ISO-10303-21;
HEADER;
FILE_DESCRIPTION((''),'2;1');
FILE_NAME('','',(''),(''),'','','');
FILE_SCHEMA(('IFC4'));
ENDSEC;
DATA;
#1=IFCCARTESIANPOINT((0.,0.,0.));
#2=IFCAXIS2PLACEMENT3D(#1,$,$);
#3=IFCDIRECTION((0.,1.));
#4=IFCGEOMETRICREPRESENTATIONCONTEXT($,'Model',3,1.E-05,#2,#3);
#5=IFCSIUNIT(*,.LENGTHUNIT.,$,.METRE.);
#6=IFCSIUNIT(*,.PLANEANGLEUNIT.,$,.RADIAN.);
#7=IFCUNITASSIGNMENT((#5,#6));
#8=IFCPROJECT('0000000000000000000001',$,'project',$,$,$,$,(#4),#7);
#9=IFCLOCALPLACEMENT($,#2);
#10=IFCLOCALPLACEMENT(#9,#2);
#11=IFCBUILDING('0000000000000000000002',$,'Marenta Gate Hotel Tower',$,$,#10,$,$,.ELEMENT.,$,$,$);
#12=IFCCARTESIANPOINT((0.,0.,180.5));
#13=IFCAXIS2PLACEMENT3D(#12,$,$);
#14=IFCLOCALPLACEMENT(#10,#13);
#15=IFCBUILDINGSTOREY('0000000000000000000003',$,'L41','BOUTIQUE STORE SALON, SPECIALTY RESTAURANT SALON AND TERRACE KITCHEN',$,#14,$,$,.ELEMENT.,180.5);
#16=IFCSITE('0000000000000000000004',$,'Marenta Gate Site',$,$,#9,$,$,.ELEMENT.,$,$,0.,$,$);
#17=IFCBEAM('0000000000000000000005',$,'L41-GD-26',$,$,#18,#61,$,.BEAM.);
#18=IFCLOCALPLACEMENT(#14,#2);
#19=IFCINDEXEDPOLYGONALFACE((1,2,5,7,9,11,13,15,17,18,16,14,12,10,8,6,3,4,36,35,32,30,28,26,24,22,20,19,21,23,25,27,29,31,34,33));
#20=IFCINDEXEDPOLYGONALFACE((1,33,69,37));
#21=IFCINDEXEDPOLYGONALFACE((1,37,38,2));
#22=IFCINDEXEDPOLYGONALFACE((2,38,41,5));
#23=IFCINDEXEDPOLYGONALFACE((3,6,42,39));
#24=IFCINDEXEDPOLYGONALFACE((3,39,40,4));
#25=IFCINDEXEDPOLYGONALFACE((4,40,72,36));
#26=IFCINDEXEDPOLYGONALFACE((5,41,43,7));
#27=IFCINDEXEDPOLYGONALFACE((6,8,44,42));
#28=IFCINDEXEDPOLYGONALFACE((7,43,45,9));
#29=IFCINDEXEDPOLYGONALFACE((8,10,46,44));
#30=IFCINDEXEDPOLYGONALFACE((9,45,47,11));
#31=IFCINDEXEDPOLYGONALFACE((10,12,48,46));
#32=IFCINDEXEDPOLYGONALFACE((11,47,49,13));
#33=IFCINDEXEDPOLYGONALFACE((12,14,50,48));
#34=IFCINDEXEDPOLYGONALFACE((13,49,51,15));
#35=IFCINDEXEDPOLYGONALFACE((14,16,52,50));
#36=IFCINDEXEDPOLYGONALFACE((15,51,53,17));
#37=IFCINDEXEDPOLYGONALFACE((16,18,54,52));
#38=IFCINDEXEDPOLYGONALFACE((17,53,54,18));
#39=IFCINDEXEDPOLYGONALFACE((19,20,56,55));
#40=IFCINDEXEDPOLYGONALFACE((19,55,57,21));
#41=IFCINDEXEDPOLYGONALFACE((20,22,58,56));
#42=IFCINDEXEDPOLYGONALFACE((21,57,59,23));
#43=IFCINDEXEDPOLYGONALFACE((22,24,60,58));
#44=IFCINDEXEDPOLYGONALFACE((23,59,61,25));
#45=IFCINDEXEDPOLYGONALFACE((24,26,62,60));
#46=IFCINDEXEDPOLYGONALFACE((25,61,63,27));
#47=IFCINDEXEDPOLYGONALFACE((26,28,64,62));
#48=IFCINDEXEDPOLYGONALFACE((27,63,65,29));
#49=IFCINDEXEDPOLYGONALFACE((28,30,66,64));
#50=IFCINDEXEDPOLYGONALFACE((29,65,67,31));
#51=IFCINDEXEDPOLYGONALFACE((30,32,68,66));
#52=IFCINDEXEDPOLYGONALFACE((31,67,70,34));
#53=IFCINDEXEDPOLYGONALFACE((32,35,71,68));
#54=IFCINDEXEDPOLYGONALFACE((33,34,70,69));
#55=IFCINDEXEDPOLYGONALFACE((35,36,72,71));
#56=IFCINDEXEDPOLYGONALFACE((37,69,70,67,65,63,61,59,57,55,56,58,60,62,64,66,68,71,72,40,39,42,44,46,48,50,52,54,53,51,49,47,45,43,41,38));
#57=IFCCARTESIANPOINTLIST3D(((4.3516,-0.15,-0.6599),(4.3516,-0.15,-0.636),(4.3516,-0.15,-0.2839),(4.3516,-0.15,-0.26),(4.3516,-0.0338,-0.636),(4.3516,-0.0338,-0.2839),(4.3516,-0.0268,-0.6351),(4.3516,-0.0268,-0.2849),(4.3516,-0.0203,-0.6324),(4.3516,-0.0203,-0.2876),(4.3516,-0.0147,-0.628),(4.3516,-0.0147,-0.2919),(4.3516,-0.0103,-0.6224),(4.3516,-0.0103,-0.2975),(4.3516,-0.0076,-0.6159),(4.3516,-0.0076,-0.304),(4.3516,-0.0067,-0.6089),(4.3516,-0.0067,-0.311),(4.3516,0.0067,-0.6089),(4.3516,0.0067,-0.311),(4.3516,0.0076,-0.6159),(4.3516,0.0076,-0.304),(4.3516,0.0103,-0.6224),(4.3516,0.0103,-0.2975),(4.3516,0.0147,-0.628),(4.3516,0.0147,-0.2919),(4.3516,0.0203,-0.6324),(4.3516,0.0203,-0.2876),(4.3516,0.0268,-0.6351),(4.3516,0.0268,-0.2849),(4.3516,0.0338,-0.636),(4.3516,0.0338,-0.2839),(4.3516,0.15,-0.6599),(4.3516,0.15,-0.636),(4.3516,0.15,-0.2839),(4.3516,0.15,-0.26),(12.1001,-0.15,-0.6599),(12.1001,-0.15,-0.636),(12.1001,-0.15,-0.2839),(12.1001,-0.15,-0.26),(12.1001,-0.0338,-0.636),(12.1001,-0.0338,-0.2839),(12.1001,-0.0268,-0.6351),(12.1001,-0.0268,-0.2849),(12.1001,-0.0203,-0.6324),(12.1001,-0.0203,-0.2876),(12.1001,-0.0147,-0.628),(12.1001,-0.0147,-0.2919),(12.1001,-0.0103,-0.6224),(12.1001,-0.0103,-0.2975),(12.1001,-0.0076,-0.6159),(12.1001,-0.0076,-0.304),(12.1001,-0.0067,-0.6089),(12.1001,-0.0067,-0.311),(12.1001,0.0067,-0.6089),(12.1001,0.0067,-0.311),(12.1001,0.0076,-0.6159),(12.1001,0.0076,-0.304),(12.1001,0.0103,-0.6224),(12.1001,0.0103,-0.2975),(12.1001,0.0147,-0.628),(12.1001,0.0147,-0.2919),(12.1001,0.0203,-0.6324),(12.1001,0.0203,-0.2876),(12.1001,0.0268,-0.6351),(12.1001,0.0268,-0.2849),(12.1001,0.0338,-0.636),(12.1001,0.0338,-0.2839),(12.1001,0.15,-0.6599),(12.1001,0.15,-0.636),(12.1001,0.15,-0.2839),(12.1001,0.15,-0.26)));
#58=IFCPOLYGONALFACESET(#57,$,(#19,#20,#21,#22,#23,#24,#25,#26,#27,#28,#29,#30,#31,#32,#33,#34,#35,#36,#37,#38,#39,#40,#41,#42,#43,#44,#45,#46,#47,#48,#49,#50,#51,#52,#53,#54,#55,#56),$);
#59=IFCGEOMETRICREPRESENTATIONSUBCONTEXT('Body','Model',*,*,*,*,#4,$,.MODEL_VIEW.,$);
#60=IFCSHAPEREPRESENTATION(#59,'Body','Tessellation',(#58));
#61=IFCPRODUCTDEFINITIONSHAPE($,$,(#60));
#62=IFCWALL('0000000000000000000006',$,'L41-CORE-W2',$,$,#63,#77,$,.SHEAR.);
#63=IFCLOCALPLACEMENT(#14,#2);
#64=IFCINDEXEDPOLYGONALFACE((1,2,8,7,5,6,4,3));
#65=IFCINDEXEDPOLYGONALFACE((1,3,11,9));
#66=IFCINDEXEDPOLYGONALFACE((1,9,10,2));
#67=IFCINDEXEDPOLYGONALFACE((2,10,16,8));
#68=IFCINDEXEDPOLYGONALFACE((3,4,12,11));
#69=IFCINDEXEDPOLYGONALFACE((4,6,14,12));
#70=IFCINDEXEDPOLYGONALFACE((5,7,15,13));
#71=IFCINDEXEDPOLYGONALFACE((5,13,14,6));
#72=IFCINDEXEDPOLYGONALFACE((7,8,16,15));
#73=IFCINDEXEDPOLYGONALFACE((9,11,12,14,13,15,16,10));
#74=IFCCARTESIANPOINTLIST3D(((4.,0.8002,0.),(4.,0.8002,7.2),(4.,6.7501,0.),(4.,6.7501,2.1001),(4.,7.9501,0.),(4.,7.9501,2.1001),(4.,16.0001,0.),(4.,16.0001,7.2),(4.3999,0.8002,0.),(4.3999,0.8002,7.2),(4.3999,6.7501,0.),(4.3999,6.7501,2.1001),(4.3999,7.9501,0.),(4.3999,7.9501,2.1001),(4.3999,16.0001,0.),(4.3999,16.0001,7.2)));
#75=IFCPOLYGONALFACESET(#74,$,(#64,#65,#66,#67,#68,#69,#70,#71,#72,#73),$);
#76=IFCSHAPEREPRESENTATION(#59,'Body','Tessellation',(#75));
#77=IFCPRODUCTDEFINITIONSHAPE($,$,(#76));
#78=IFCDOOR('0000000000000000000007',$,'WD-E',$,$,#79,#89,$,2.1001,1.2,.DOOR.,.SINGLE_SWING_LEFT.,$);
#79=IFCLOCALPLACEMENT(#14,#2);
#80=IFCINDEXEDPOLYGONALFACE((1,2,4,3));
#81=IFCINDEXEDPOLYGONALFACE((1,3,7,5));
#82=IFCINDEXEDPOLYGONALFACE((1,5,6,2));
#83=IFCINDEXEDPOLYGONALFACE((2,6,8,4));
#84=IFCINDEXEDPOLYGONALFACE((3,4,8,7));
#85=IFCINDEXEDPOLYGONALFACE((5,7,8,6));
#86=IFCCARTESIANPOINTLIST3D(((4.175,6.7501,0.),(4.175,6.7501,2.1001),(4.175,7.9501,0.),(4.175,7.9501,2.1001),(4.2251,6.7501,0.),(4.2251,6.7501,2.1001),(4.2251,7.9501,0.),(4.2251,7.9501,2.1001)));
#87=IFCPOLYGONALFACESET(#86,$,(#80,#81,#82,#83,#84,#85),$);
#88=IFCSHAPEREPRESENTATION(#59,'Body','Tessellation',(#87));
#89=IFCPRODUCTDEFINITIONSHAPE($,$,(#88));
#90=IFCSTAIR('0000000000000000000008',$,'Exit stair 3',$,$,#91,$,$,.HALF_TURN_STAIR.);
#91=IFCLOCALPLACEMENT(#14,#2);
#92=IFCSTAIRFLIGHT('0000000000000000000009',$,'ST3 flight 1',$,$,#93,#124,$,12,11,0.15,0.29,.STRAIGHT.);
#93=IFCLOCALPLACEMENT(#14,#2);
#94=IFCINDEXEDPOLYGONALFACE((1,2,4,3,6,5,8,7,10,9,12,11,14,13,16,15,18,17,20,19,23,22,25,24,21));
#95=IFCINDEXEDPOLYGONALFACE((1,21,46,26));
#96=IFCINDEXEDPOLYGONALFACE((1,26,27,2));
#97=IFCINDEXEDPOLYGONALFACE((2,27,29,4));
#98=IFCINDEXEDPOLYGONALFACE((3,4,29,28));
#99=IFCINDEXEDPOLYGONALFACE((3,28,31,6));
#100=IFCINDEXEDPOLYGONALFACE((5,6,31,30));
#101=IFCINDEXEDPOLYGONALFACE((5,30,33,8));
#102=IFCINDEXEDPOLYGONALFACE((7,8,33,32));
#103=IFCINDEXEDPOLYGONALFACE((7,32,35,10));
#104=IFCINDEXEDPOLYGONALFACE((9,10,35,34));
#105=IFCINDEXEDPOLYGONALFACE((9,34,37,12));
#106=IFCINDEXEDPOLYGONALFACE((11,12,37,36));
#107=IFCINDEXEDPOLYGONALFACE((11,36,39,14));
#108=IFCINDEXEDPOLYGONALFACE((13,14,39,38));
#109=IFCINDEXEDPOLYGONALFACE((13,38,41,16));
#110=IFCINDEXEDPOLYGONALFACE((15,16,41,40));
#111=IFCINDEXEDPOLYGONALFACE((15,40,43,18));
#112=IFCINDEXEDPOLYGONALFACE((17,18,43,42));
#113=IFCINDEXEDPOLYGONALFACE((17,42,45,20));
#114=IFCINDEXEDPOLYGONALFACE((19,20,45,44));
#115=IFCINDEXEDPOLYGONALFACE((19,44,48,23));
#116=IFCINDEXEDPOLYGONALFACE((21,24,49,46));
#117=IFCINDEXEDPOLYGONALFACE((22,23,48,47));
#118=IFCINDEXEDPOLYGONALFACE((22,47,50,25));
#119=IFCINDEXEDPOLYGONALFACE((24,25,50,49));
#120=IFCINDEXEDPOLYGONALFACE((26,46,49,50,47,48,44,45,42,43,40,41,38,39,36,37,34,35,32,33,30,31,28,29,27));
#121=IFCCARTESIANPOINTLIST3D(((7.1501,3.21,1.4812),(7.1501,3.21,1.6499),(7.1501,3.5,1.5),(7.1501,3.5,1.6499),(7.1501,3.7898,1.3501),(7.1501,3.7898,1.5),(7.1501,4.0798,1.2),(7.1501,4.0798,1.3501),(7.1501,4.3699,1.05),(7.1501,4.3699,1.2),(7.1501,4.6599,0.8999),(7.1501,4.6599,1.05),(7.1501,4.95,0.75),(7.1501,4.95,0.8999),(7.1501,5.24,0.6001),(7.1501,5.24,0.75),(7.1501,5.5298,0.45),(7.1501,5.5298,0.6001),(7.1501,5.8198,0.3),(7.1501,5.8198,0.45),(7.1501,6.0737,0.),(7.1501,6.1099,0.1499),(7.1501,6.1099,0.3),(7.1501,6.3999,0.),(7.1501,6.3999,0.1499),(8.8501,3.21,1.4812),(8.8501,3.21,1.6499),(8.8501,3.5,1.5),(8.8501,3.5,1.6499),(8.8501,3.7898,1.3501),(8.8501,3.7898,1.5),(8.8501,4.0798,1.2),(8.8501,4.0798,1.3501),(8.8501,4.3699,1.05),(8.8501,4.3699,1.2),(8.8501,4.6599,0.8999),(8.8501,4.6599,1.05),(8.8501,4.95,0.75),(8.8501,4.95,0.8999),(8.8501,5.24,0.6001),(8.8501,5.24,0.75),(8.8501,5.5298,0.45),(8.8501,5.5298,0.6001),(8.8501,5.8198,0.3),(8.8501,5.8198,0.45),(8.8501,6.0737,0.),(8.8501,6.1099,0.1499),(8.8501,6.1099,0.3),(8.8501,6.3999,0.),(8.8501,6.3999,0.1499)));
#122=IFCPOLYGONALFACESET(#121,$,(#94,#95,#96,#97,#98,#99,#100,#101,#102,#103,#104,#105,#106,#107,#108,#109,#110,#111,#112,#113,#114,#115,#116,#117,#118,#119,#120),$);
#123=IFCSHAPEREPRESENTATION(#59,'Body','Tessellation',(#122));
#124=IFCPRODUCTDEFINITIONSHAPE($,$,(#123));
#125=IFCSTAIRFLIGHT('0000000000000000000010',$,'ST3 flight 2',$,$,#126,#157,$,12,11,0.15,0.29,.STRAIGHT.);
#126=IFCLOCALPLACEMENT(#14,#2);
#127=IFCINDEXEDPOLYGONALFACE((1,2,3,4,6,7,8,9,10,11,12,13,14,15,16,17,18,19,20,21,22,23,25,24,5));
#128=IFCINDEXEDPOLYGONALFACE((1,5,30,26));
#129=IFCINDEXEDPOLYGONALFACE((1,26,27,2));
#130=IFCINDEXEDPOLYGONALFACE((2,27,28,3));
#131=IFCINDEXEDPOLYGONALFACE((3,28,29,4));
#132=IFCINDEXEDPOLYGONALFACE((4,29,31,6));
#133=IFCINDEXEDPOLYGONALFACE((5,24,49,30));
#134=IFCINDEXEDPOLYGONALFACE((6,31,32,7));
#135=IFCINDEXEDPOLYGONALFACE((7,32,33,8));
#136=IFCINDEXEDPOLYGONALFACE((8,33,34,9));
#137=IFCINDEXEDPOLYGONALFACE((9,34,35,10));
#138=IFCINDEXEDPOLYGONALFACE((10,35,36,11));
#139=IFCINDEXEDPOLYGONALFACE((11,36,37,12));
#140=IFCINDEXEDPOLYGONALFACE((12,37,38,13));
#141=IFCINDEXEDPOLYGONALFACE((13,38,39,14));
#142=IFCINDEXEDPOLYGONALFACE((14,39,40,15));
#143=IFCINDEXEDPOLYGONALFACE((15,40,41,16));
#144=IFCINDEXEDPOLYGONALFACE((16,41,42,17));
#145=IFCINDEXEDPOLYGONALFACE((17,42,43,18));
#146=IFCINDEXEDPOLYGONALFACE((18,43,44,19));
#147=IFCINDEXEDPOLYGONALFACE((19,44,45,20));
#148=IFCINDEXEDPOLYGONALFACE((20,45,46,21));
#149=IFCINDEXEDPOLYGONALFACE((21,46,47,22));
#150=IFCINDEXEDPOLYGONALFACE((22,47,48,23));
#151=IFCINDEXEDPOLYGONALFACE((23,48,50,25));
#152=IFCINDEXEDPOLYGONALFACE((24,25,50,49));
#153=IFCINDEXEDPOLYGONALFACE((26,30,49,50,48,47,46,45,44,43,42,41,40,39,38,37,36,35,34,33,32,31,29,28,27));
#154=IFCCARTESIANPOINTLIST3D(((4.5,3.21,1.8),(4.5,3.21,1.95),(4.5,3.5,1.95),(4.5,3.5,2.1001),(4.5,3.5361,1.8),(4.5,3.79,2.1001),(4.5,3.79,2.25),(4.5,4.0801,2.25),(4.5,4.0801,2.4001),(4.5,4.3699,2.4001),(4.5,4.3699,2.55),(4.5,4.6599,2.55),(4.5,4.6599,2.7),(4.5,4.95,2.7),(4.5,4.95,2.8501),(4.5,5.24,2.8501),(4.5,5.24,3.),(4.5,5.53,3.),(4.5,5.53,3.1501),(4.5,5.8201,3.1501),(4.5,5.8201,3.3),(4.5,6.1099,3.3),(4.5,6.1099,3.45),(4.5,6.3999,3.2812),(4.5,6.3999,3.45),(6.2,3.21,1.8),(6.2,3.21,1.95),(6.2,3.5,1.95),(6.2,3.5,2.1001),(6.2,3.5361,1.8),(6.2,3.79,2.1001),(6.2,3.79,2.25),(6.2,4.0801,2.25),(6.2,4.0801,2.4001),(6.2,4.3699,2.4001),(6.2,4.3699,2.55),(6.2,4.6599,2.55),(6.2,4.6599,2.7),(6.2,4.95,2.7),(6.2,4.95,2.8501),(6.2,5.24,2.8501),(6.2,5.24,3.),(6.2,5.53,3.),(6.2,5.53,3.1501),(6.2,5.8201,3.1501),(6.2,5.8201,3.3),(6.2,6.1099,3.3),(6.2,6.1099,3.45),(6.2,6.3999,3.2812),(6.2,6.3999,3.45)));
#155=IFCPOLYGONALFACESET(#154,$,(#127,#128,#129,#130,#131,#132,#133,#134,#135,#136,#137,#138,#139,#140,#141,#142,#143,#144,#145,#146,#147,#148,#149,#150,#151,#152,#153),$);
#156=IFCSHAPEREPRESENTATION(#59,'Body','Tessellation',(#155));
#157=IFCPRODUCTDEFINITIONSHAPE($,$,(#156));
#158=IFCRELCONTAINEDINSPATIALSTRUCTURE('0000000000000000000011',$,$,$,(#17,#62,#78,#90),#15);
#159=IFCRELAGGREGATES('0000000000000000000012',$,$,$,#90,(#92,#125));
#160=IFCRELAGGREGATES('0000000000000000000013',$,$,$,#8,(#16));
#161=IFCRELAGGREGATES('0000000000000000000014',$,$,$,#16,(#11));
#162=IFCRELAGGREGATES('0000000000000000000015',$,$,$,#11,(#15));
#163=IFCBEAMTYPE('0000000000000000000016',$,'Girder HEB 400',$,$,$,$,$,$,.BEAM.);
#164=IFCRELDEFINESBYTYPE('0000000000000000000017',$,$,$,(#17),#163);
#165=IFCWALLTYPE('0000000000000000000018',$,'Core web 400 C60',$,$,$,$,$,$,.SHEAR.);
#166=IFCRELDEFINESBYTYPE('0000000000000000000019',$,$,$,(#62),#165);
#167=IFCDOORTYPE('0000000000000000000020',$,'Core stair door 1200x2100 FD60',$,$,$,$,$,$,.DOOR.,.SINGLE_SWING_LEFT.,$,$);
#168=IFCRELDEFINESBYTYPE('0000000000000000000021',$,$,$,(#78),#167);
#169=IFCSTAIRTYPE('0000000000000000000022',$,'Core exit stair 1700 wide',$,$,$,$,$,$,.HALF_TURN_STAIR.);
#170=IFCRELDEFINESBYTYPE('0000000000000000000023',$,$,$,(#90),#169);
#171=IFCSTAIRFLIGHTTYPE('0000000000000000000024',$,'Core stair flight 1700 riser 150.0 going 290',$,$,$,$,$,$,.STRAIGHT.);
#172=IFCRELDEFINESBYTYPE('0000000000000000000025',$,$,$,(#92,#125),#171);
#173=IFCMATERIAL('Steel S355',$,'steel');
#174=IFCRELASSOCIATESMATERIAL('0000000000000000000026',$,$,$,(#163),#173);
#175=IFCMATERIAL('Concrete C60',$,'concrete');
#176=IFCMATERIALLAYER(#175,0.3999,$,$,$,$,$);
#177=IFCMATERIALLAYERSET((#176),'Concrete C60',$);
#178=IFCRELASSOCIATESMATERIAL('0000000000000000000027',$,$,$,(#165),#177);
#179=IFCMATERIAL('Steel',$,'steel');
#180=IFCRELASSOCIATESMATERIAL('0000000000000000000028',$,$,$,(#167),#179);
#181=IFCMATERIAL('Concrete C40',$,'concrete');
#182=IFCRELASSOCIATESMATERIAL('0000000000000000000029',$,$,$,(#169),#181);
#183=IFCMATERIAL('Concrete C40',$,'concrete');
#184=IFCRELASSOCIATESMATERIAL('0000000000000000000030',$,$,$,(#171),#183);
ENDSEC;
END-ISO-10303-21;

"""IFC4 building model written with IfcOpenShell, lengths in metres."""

from ifc_helpers import new_model, si_unit, direction, frame, frame_2d, origin, origin_2d, place, context, subcontext, project, spatial, polyline, rectangle, i_section, outline, extrude, material, layer, layer_set, material_profile, profile_set, type_object, element, fill, aggregate, save


model = new_model("IFC4")

# Units and contexts
model_context = context("Model", 3, precision=1e-05, world=origin(), true_north=direction((0.0, 1.0)))
body_context = subcontext(model_context, "Body", "Model", "MODEL_VIEW")
ifc_project = project(units=[si_unit("LENGTHUNIT", "METRE"), si_unit("PLANEANGLEUNIT", "RADIAN")], contexts=[model_context])

# Site, building, storey
site_placement = place(None, origin())
site = spatial("IfcSite", under=ifc_project, at=site_placement, Name="Marenta Gate Site", CompositionType="ELEMENT", RefElevation=0.0)
building_placement = place(site_placement, origin())
building = spatial("IfcBuilding", under=site, at=building_placement, Name="Marenta Gate Hotel Tower", CompositionType="ELEMENT")
storey_placement = place(building_placement, frame((0.0, 0.0, 180.5)))
storey = spatial("IfcBuildingStorey", under=building, at=storey_placement, Name="L41", Description="BOUTIQUE STORE SALON, SPECIALTY RESTAURANT SALON AND TERRACE KITCHEN", CompositionType="ELEMENT", Elevation=180.5)

# Beam
ifc_material_1 = material(Name="Steel S355", Category="steel")
ifc_material_profile = material_profile(ifc_material_1, i_section(OverallWidth=0.3, OverallDepth=0.3999, WebThickness=0.0134, FlangeThickness=0.0239, FilletRadius=0.0271, at=origin_2d()), Name="HEB 400")
ifc_profile_set = profile_set([ifc_material_profile], Name="Steel S355")
beam_type = type_object("IfcBeamType", Name="Girder HEB 400", PredefinedType="BEAM", material=ifc_profile_set)
beam_placement = place(storey_placement, frame((4.3516, 0.0, -0.46), z_axis=(1.0, 0.0, 0.0), x_axis=(0.0, 1.0, 0.0)))
element("IfcBeam", 1, at=beam_placement, inside=storey, type_object=beam_type, Name="L41-GD-26", PredefinedType="BEAM", context=body_context, shape_type="SweptSolid", body=[
    extrude(i_section(OverallWidth=0.3, OverallDepth=0.3999, WebThickness=0.0134, FlangeThickness=0.0239, FilletRadius=0.0271, at=origin_2d()), origin(), (0.0, 0.0, 1.0), 7.7485),
])

# Wall, opening, door
ifc_material_2 = material(Name="Concrete C60", Category="concrete")
ifc_layer = layer(ifc_material_2, 0.3999)
ifc_layer_set = layer_set([ifc_layer], Name="Concrete C60")
wall_type = type_object("IfcWallType", Name="Core web 400 C60", PredefinedType="SHEAR", material=ifc_layer_set)
wall_placement = place(storey_placement, frame((4.2, 0.8, 0.0), z_axis=(0.0, 0.0, 1.0), x_axis=(0.0, 1.0, 0.0)))
wall = element("IfcWall", 2, at=wall_placement, inside=storey, type_object=wall_type, Name="L41-CORE-W2", PredefinedType="SHEAR", context=body_context, shape_type="SweptSolid", body=[
    extrude(rectangle(XDim=15.2, YDim=0.3999, at=frame_2d((7.6001, 0.0))), origin(), (0.0, 0.0, 1.0), 7.2),
])
opening_placement = place(wall_placement, frame((5.95, 0.0, 0.0)))
opening = element("IfcOpeningElement", 3, at=opening_placement, cuts=wall, PredefinedType="OPENING", context=body_context, shape_type="SweptSolid", body=[
    extrude(rectangle(XDim=1.2, YDim=2.1001, at=frame_2d((0.6001, 1.05))), frame((0.0, 0.2, 0.0), z_axis=(0.0, -1.0, 0.0), x_axis=(1.0, 0.0, 0.0)), (0.0, 0.0, 1.0), 0.3999),
])
ifc_material_3 = material(Name="Steel", Category="steel")
door_type = type_object("IfcDoorType", Name="Core stair door 1200x2100 FD60", OperationType="SINGLE_SWING_LEFT", PredefinedType="DOOR", material=ifc_material_3)
door_placement = place(opening_placement, origin())
door = element("IfcDoor", 4, at=door_placement, inside=storey, type_object=door_type, Name="WD-E", OperationType="SINGLE_SWING_LEFT", OverallHeight=2.1001, OverallWidth=1.2, PredefinedType="DOOR", context=body_context, shape_type="SweptSolid", body=[
    extrude(rectangle(XDim=1.2, YDim=2.1001, at=frame_2d((0.6001, 1.05))), frame((0.0, 0.0249, 0.0), z_axis=(0.0, -1.0, 0.0), x_axis=(1.0, 0.0, 0.0)), (0.0, 0.0, 1.0), 0.05),
])
fill(opening, door)

# Stair, stair flights
ifc_material_4 = material(Name="Concrete C40", Category="concrete")
stair_type = type_object("IfcStairType", Name="Core exit stair 1700 wide", PredefinedType="HALF_TURN_STAIR", material=ifc_material_4)
stair_placement = place(storey_placement, origin())
stair = element("IfcStair", 5, at=stair_placement, inside=storey, type_object=stair_type, Name="Exit stair 3", PredefinedType="HALF_TURN_STAIR")
ifc_material_5 = material(Name="Concrete C40", Category="concrete")
stair_flight_type = type_object("IfcStairFlightType", Name="Core stair flight 1700 riser 150.0 going 290", PredefinedType="STRAIGHT", material=ifc_material_5)
stair_flight_1_placement = place(storey_placement, frame((8.0, 6.3999, 0.0), z_axis=(0.0, 0.0, 1.0), x_axis=(0.0, -1.0, 0.0)))
stair_flight_1 = element("IfcStairFlight", 6, at=stair_flight_1_placement, type_object=stair_flight_type, Name="ST3 flight 1", NumberOfRisers=12, NumberOfTreads=11, PredefinedType="STRAIGHT", RiserHeight=0.15, TreadLength=0.29, context=body_context, shape_type="SweptSolid", body=[
    extrude(outline(polyline([(0.0, 0.0), (0.0, 0.1499), (0.29, 0.1499), (0.29, 0.3), (0.5801, 0.3), (0.5801, 0.45), (0.8701, 0.45), (0.8701, 0.6001), (1.1599, 0.6001), (1.1599, 0.75), (1.45, 0.75), (1.45, 0.8999), (1.74, 0.8999), (1.74, 1.05), (2.03, 1.05), (2.03, 1.2), (2.3201, 1.2), (2.3201, 1.3501), (2.6101, 1.3501), (2.6101, 1.5), (2.8999, 1.5), (2.8999, 1.6499), (3.1899, 1.6499), (3.1899, 1.8), (3.1899, 1.4812), (0.3262, 0.0), (0.0, 0.0)])), frame((0.0, 0.8501, 0.0), z_axis=(0.0, -1.0, 0.0), x_axis=(1.0, 0.0, 0.0)), (0.0, 0.0, 1.0), 1.7),
])
stair_flight_2_placement = place(storey_placement, frame((5.3501, 3.21, 1.8), z_axis=(0.0, 0.0, 1.0), x_axis=(0.0, 1.0, 0.0)))
stair_flight_2 = element("IfcStairFlight", 7, at=stair_flight_2_placement, type_object=stair_flight_type, Name="ST3 flight 2", NumberOfRisers=12, NumberOfTreads=11, PredefinedType="STRAIGHT", RiserHeight=0.15, TreadLength=0.29, context=body_context, shape_type="SweptSolid", body=[
    extrude(outline(polyline([(0.0, 0.0), (0.0, 0.1499), (0.29, 0.1499), (0.29, 0.3), (0.5801, 0.3), (0.5801, 0.45), (0.8701, 0.45), (0.8701, 0.6001), (1.1599, 0.6001), (1.1599, 0.75), (1.45, 0.75), (1.45, 0.8999), (1.74, 0.8999), (1.74, 1.05), (2.03, 1.05), (2.03, 1.2), (2.3201, 1.2), (2.3201, 1.3501), (2.6101, 1.3501), (2.6101, 1.5), (2.8999, 1.5), (2.8999, 1.6499), (3.1899, 1.6499), (3.1899, 1.8), (3.1899, 1.4812), (0.3262, 0.0), (0.0, 0.0)])), frame((0.0, 0.8501, 0.0), z_axis=(0.0, -1.0, 0.0), x_axis=(1.0, 0.0, 0.0)), (0.0, 0.0, 1.0), 1.7),
])
aggregate(stair, [stair_flight_1, stair_flight_2])

save(model, "model.ifc")
